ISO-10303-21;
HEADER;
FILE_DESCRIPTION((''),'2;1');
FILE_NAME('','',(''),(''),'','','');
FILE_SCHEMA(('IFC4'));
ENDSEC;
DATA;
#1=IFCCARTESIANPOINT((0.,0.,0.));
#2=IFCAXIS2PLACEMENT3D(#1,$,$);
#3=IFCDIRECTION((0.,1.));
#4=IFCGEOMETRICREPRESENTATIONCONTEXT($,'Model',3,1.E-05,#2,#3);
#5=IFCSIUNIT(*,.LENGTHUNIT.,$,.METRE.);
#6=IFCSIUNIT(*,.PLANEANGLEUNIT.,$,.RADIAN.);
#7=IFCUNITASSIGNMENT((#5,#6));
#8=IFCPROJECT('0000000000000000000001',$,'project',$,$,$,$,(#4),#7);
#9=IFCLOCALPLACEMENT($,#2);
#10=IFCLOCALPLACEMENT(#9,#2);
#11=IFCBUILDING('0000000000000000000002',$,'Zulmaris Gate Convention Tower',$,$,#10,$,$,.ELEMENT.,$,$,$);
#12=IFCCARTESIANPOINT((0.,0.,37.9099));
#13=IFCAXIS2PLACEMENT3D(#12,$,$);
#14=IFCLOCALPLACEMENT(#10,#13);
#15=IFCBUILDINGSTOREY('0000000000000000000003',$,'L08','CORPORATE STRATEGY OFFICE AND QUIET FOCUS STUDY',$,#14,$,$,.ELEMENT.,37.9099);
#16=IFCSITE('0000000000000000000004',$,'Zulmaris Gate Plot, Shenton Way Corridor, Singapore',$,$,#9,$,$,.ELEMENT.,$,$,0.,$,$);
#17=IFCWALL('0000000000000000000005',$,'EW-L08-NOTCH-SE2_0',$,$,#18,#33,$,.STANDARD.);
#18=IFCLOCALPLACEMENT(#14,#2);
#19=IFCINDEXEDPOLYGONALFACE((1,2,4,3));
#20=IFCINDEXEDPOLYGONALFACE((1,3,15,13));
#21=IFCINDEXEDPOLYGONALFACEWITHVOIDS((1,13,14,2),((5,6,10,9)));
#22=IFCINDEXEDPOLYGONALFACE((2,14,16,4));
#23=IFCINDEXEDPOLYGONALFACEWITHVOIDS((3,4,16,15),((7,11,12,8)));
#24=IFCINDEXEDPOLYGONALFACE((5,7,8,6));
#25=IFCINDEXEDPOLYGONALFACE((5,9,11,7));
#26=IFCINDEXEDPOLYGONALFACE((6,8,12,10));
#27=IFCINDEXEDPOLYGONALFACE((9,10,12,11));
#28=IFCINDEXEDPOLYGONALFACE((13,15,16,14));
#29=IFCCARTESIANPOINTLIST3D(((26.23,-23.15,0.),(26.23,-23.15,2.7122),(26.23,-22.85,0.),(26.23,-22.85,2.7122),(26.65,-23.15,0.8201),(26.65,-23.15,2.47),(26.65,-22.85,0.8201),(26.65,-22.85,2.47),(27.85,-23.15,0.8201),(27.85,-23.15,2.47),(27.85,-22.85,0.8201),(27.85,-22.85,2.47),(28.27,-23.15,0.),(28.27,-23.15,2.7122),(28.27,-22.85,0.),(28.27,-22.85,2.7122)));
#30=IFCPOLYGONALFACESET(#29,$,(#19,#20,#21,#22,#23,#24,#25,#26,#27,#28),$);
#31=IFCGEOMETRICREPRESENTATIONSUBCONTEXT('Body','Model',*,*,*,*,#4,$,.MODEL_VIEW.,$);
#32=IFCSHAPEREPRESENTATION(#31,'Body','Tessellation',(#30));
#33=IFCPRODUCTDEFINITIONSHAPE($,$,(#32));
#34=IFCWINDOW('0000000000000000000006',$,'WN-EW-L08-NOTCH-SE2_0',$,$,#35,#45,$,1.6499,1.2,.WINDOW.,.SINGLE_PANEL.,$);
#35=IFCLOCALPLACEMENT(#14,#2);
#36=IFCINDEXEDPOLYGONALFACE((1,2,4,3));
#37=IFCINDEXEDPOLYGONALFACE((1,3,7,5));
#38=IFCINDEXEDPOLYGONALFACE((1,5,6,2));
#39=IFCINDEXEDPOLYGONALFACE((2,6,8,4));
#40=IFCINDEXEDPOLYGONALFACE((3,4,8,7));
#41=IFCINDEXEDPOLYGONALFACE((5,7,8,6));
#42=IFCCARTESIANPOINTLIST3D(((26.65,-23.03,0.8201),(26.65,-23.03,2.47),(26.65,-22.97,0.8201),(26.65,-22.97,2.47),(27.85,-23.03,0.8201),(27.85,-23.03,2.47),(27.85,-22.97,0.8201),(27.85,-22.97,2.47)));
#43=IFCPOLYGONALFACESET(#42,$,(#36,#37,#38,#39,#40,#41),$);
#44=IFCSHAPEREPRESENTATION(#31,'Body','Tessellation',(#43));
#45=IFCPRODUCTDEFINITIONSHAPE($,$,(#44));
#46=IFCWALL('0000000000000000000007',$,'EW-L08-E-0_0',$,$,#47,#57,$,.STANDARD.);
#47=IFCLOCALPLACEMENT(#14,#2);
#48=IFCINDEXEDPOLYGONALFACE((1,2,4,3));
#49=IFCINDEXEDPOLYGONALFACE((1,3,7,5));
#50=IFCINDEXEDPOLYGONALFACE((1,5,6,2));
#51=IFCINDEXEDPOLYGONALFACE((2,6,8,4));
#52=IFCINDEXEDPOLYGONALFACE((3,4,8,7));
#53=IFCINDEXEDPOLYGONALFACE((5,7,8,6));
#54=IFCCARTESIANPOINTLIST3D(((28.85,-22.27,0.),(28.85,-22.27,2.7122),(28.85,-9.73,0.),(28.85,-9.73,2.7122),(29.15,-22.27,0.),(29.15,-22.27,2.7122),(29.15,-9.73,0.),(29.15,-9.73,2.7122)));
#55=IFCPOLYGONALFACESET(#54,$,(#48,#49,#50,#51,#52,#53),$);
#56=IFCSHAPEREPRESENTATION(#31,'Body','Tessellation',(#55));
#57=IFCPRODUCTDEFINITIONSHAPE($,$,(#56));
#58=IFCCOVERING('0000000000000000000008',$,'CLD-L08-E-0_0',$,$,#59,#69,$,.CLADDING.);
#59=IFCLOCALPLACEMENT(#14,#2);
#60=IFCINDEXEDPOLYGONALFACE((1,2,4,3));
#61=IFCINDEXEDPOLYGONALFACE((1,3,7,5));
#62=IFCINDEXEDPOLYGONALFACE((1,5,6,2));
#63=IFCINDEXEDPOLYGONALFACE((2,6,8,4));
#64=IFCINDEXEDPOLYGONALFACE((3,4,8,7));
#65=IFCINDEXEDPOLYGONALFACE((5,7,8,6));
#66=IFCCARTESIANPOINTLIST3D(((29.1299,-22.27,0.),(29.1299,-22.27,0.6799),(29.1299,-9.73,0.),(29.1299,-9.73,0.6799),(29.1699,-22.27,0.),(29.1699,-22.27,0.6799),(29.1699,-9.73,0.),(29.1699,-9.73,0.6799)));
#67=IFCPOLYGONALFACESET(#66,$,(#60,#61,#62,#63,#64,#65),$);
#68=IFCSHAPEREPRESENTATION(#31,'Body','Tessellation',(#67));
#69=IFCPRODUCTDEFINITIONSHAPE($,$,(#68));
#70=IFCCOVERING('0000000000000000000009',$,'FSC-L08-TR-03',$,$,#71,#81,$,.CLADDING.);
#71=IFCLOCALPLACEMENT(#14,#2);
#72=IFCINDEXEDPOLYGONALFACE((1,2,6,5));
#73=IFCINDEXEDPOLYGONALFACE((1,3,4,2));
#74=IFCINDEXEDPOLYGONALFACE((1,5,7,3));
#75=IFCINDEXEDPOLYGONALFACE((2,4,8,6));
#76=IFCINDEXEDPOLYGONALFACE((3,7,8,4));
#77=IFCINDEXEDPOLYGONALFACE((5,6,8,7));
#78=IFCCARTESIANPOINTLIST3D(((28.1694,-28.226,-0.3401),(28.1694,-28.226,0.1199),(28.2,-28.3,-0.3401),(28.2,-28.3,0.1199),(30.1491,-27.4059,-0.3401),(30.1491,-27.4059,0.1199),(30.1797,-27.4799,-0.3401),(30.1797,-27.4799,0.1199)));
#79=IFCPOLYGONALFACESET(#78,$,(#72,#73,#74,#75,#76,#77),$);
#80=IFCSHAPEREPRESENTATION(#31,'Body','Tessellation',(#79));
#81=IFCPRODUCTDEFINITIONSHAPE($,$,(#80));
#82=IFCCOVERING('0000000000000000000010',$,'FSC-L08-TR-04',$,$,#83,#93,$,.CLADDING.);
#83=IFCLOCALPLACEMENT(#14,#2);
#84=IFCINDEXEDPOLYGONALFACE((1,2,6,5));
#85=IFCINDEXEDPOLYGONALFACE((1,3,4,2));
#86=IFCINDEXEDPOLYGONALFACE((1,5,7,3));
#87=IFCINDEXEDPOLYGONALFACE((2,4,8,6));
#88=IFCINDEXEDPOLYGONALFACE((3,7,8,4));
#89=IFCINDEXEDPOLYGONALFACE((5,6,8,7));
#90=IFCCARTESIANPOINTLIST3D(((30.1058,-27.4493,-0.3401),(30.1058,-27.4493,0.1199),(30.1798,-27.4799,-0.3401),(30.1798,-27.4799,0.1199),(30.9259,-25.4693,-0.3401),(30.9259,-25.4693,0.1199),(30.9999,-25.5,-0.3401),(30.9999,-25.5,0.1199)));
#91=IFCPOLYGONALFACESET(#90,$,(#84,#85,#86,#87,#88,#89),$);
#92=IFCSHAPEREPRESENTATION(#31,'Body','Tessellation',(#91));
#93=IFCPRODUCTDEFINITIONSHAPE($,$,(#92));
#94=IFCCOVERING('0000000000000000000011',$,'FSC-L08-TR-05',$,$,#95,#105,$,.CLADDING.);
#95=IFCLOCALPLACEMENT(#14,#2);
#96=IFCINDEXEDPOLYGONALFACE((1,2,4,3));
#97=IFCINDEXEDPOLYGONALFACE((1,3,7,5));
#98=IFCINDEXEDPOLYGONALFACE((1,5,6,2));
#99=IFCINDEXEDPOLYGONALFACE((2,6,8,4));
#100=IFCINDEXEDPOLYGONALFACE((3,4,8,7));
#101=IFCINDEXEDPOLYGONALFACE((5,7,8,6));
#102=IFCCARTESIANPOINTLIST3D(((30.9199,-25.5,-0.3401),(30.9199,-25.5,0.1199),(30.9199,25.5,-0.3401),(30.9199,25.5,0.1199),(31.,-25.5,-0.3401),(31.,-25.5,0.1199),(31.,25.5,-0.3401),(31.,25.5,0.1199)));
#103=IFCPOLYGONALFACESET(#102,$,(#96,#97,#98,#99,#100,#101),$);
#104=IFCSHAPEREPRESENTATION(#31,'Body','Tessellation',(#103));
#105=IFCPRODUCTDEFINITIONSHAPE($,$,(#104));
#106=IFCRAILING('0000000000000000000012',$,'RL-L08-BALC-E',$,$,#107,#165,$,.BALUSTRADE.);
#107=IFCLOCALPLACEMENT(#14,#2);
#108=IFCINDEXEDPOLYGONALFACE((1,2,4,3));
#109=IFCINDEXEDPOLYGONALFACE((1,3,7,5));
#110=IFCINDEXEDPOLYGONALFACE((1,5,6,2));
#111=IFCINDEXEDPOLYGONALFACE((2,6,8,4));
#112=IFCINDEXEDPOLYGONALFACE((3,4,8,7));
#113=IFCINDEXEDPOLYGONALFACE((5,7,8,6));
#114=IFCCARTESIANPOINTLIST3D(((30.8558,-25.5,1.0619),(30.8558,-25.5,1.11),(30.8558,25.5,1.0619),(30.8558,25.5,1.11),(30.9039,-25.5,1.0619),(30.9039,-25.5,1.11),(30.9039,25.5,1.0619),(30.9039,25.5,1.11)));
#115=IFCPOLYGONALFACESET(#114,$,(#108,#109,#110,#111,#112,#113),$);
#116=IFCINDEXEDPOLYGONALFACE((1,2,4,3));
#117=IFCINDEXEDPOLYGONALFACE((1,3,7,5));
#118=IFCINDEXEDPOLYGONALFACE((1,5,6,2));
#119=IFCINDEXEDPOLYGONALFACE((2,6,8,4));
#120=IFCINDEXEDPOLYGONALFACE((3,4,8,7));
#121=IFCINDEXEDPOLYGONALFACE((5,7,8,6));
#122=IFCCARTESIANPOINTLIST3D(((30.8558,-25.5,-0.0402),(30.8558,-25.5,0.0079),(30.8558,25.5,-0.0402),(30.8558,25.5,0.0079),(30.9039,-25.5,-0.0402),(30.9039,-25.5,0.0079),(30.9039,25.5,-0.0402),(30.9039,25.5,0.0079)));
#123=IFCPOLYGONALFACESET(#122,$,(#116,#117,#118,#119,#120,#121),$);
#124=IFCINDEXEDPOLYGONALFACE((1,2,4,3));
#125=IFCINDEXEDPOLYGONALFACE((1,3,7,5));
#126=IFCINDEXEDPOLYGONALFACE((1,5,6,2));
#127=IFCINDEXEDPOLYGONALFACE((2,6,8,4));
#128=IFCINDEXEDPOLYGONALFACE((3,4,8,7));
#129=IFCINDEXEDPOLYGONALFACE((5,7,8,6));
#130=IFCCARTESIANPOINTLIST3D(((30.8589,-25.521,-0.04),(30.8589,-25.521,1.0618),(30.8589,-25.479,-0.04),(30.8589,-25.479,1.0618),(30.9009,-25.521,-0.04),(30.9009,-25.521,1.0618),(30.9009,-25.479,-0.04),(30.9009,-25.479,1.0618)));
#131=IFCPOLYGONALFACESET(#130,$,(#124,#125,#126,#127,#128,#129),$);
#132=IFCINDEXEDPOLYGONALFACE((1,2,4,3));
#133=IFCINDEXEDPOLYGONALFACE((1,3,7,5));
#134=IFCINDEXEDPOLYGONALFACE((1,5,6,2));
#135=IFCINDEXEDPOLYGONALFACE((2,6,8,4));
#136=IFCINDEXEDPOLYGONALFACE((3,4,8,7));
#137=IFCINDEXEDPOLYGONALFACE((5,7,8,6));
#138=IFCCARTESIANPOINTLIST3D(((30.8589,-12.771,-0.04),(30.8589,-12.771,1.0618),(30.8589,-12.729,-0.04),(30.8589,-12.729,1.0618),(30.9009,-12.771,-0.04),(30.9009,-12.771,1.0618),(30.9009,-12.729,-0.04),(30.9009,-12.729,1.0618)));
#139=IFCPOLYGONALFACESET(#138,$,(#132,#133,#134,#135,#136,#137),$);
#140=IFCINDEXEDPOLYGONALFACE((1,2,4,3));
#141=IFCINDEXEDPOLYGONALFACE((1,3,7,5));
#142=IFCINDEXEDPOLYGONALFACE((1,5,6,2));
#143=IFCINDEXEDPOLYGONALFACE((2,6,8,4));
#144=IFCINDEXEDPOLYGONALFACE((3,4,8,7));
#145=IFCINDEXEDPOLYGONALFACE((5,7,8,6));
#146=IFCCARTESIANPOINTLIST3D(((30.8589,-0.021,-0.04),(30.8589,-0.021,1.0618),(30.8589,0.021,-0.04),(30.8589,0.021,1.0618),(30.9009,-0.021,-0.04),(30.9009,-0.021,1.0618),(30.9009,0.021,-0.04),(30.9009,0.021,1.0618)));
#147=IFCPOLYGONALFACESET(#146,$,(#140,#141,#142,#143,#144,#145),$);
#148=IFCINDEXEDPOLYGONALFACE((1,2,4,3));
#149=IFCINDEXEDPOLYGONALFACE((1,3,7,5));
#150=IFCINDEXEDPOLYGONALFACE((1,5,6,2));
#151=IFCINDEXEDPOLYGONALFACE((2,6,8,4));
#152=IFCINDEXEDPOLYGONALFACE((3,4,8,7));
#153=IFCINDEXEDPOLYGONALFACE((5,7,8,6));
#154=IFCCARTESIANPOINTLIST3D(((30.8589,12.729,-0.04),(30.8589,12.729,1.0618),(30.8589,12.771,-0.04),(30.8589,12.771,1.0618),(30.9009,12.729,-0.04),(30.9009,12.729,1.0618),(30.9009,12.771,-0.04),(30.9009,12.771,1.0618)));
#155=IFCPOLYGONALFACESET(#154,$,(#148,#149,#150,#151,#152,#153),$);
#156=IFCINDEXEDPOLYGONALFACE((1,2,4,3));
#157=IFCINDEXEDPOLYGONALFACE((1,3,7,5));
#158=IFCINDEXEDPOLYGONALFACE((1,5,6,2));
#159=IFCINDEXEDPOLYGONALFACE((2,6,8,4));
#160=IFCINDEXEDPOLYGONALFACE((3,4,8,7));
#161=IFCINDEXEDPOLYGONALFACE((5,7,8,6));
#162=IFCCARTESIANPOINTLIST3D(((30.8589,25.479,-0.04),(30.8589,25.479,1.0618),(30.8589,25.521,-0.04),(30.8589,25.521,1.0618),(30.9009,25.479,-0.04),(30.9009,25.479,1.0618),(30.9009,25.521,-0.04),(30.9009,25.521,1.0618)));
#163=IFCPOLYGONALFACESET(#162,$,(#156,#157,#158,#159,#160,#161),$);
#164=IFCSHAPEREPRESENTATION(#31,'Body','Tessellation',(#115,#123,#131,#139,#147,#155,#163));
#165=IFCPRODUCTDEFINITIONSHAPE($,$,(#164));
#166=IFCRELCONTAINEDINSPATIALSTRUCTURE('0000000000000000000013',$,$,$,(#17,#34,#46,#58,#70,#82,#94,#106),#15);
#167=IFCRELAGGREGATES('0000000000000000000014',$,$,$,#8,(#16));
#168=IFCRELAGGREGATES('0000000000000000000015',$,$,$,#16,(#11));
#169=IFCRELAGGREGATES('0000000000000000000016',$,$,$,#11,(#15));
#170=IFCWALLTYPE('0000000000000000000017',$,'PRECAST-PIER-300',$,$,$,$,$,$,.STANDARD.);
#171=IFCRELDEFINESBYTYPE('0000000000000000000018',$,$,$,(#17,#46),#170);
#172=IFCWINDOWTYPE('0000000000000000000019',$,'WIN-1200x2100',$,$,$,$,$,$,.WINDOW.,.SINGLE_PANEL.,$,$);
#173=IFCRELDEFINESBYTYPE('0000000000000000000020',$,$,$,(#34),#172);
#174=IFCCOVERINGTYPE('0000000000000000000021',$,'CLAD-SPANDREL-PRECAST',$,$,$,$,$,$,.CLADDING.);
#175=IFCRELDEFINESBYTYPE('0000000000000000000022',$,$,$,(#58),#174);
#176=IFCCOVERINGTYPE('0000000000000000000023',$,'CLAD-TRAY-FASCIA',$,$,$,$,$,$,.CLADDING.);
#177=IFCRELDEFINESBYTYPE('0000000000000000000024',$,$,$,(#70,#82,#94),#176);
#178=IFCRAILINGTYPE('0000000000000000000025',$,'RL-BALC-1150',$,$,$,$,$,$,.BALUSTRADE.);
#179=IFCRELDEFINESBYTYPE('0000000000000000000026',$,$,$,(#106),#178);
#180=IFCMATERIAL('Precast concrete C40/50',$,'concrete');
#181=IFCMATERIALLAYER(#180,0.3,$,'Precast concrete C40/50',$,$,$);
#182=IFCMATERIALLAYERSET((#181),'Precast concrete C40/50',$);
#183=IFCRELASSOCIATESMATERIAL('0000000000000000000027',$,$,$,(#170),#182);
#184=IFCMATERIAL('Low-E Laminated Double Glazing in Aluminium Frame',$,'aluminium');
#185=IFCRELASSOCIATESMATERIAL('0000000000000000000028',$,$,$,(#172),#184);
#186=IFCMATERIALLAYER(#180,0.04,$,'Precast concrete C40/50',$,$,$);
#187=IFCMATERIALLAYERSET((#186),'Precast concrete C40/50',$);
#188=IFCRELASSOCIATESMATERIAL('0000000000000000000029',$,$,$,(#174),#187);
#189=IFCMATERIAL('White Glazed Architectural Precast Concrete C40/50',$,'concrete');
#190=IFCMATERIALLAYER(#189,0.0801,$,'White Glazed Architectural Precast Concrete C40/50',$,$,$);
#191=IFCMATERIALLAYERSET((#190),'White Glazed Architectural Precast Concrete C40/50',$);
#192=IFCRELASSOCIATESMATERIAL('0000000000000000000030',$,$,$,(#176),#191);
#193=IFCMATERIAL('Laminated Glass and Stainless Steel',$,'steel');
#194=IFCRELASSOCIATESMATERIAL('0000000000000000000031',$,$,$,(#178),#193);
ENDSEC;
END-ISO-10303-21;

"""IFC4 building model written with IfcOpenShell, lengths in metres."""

from ifc_helpers import new_model, si_unit, direction, frame, frame_2d, origin, origin_2d, place, context, subcontext, project, spatial, rectangle, extrude, material, layer, layer_set, type_object, element, fill, save


model = new_model("IFC4")

# Units and contexts
model_context = context("Model", 3, precision=1e-05, world=origin(), true_north=direction((0.0, 1.0)))
body_context = subcontext(model_context, "Body", "Model", "MODEL_VIEW")
ifc_project = project(units=[si_unit("LENGTHUNIT", "METRE"), si_unit("PLANEANGLEUNIT", "RADIAN")], contexts=[model_context])

# Site, building, storey
site_placement = place(None, origin())
site = spatial("IfcSite", under=ifc_project, at=site_placement, Name="Zulmaris Gate Plot, Shenton Way Corridor, Singapore", CompositionType="ELEMENT", RefElevation=0.0)
building_placement = place(site_placement, origin())
building = spatial("IfcBuilding", under=site, at=building_placement, Name="Zulmaris Gate Convention Tower", CompositionType="ELEMENT")
storey_placement = place(building_placement, frame((0.0, 0.0, 37.9099)))
storey = spatial("IfcBuildingStorey", under=building, at=storey_placement, Name="L08", Description="CORPORATE STRATEGY OFFICE AND QUIET FOCUS STUDY", CompositionType="ELEMENT", Elevation=37.9099)

# Wall, opening, window
ifc_material_1 = material(Name="Precast concrete C40/50", Category="concrete")
ifc_layer_1 = layer(ifc_material_1, 0.3, Name="Precast concrete C40/50")
ifc_layer_set_1 = layer_set([ifc_layer_1], Name="Precast concrete C40/50")
wall_type_1 = type_object("IfcWallType", Name="PRECAST-PIER-300", PredefinedType="STANDARD", material=ifc_layer_set_1)
ifc_material_2 = material(Name="Low-E Laminated Double Glazing in Aluminium Frame", Category="aluminium")
window_type = type_object("IfcWindowType", Name="WIN-1200x2100", PartitioningType="SINGLE_PANEL", PredefinedType="WINDOW", material=ifc_material_2)
wall_1_placement = place(storey_placement, frame((26.23, -23.0, 0.0), z_axis=(0.0, 0.0, 1.0), x_axis=(1.0, 0.0, 0.0)))
wall_1 = element("IfcWall", 1, at=wall_1_placement, inside=storey, type_object=wall_type_1, Name="EW-L08-NOTCH-SE2_0", PredefinedType="STANDARD", context=body_context, shape_type="SweptSolid", body=[
    extrude(rectangle(XDim=2.04, YDim=0.3, at=frame_2d((1.02, 0.0))), origin(), (0.0, 0.0, 1.0), 2.7122),
])
opening_1_placement = place(wall_1_placement, frame((0.4199, 0.0, 0.8201)))
opening_1 = element("IfcOpeningElement", 2, at=opening_1_placement, cuts=wall_1, PredefinedType="OPENING", context=body_context, shape_type="SweptSolid", body=[
    extrude(rectangle(XDim=1.2, YDim=1.6499, at=frame_2d((0.6001, 0.825))), frame((0.0, 0.1602, 0.0), z_axis=(0.0, -1.0, 0.0), x_axis=(1.0, 0.0, 0.0)), (0.0, 0.0, 1.0), 0.3201),
])
window_1_placement = place(opening_1_placement, origin())
window_1 = element("IfcWindow", 3, at=window_1_placement, inside=storey, type_object=window_type, Name="WN-EW-L08-NOTCH-SE2_0", OverallHeight=1.6499, OverallWidth=1.2, PartitioningType="SINGLE_PANEL", PredefinedType="WINDOW", context=body_context, shape_type="SweptSolid", body=[
    extrude(rectangle(XDim=1.2, YDim=1.6499, at=frame_2d((0.6001, 0.825))), frame((0.0, 0.03, 0.0), z_axis=(0.0, -1.0, 0.0), x_axis=(1.0, 0.0, 0.0)), (0.0, 0.0, 1.0), 0.0601),
])
fill(opening_1, window_1)

# Wall
wall_2_placement = place(storey_placement, frame((29.0, -22.27, 0.0), z_axis=(0.0, 0.0, 1.0), x_axis=(0.0, 1.0, 0.0)))
element("IfcWall", 4, at=wall_2_placement, inside=storey, type_object=wall_type_1, Name="EW-L08-E-0_0", PredefinedType="STANDARD", context=body_context, shape_type="SweptSolid", body=[
    extrude(rectangle(XDim=12.54, YDim=0.3, at=frame_2d((6.27, 0.0))), origin(), (0.0, 0.0, 1.0), 2.7122),
])

# Coverings
ifc_layer_2 = layer(ifc_material_1, 0.04, Name="Precast concrete C40/50")
ifc_layer_set_2 = layer_set([ifc_layer_2], Name="Precast concrete C40/50")
covering_type_1 = type_object("IfcCoveringType", Name="CLAD-SPANDREL-PRECAST", PredefinedType="CLADDING", material=ifc_layer_set_2)
covering_1_placement = place(storey_placement, frame((29.1499, -22.27, 0.0), z_axis=(0.0, 0.0, 1.0), x_axis=(0.0, 1.0, 0.0)))
element("IfcCovering", 5, at=covering_1_placement, inside=storey, type_object=covering_type_1, Name="CLD-L08-E-0_0", PredefinedType="CLADDING", context=body_context, shape_type="SweptSolid", body=[
    extrude(rectangle(XDim=12.54, YDim=0.04, at=frame_2d((6.27, 0.0))), origin(), (0.0, 0.0, 1.0), 0.6799),
])
ifc_material_3 = material(Name="White Glazed Architectural Precast Concrete C40/50", Category="concrete")
ifc_layer_3 = layer(ifc_material_3, 0.0801, Name="White Glazed Architectural Precast Concrete C40/50")
ifc_layer_set_3 = layer_set([ifc_layer_3], Name="White Glazed Architectural Precast Concrete C40/50")
covering_type_2 = type_object("IfcCoveringType", Name="CLAD-TRAY-FASCIA", PredefinedType="CLADDING", material=ifc_layer_set_3)
covering_2_placement = place(storey_placement, frame((28.1848, -28.2629, -0.3401), z_axis=(0.0, 0.0, 1.0), x_axis=(0.923874, 0.382697, 0.0)))
element("IfcCovering", 6, at=covering_2_placement, inside=storey, type_object=covering_type_2, Name="FSC-L08-TR-03", PredefinedType="CLADDING", context=body_context, shape_type="SweptSolid", body=[
    extrude(rectangle(XDim=2.1428, YDim=0.0801, at=frame_2d((1.0713, 0.0))), origin(), (0.0, 0.0, 1.0), 0.46),
])
covering_3_placement = place(storey_placement, frame((30.1428, -27.4646, -0.3401), z_axis=(0.0, 0.0, 1.0), x_axis=(0.382657, 0.92389, 0.0)))
element("IfcCovering", 7, at=covering_3_placement, inside=storey, type_object=covering_type_2, Name="FSC-L08-TR-04", PredefinedType="CLADDING", context=body_context, shape_type="SweptSolid", body=[
    extrude(rectangle(XDim=2.1431, YDim=0.0801, at=frame_2d((1.0715, 0.0))), origin(), (0.0, 0.0, 1.0), 0.46),
])
covering_4_placement = place(storey_placement, frame((30.96, -25.5, -0.3401), z_axis=(0.0, 0.0, 1.0), x_axis=(0.0, 1.0, 0.0)))
element("IfcCovering", 8, at=covering_4_placement, inside=storey, type_object=covering_type_2, Name="FSC-L08-TR-05", PredefinedType="CLADDING", context=body_context, shape_type="SweptSolid", body=[
    extrude(rectangle(XDim=51.0, YDim=0.0801, at=frame_2d((25.5, 0.0))), origin(), (0.0, 0.0, 1.0), 0.46),
])

# Railing
ifc_material_4 = material(Name="Laminated Glass and Stainless Steel", Category="steel")
railing_type = type_object("IfcRailingType", Name="RL-BALC-1150", PredefinedType="BALUSTRADE", material=ifc_material_4)
railing_placement = place(storey_placement, frame((30.8799, -25.5, -0.04)))
element("IfcRailing", 9, at=railing_placement, inside=storey, type_object=railing_type, Name="RL-L08-BALC-E", PredefinedType="BALUSTRADE", context=body_context, shape_type="SweptSolid", body=[
    extrude(rectangle(XDim=0.0481, YDim=0.0481, at=origin_2d()), frame((0.0, 0.0, 1.126), z_axis=(0.0, 1.0, 0.0), x_axis=(-1.0, 0.0, 0.0)), (0.0, 0.0, 1.0), 51.0),
    extrude(rectangle(XDim=0.0481, YDim=0.0481, at=origin_2d()), frame((0.0, 0.0, 0.0239), z_axis=(0.0, 1.0, 0.0), x_axis=(-1.0, 0.0, 0.0)), (0.0, 0.0, 1.0), 51.0),
    extrude(rectangle(XDim=0.042, YDim=0.042, at=origin_2d()), origin(), (0.0, 0.0, 1.0), 1.1018),
    extrude(rectangle(XDim=0.042, YDim=0.042, at=origin_2d()), frame((0.0, 12.75, 0.0)), (0.0, 0.0, 1.0), 1.1018),
    extrude(rectangle(XDim=0.042, YDim=0.042, at=origin_2d()), frame((0.0, 25.5, 0.0)), (0.0, 0.0, 1.0), 1.1018),
    extrude(rectangle(XDim=0.042, YDim=0.042, at=origin_2d()), frame((0.0, 38.25, 0.0)), (0.0, 0.0, 1.0), 1.1018),
    extrude(rectangle(XDim=0.042, YDim=0.042, at=origin_2d()), frame((0.0, 51.0, 0.0)), (0.0, 0.0, 1.0), 1.1018),
])

save(model, "model.ifc")
